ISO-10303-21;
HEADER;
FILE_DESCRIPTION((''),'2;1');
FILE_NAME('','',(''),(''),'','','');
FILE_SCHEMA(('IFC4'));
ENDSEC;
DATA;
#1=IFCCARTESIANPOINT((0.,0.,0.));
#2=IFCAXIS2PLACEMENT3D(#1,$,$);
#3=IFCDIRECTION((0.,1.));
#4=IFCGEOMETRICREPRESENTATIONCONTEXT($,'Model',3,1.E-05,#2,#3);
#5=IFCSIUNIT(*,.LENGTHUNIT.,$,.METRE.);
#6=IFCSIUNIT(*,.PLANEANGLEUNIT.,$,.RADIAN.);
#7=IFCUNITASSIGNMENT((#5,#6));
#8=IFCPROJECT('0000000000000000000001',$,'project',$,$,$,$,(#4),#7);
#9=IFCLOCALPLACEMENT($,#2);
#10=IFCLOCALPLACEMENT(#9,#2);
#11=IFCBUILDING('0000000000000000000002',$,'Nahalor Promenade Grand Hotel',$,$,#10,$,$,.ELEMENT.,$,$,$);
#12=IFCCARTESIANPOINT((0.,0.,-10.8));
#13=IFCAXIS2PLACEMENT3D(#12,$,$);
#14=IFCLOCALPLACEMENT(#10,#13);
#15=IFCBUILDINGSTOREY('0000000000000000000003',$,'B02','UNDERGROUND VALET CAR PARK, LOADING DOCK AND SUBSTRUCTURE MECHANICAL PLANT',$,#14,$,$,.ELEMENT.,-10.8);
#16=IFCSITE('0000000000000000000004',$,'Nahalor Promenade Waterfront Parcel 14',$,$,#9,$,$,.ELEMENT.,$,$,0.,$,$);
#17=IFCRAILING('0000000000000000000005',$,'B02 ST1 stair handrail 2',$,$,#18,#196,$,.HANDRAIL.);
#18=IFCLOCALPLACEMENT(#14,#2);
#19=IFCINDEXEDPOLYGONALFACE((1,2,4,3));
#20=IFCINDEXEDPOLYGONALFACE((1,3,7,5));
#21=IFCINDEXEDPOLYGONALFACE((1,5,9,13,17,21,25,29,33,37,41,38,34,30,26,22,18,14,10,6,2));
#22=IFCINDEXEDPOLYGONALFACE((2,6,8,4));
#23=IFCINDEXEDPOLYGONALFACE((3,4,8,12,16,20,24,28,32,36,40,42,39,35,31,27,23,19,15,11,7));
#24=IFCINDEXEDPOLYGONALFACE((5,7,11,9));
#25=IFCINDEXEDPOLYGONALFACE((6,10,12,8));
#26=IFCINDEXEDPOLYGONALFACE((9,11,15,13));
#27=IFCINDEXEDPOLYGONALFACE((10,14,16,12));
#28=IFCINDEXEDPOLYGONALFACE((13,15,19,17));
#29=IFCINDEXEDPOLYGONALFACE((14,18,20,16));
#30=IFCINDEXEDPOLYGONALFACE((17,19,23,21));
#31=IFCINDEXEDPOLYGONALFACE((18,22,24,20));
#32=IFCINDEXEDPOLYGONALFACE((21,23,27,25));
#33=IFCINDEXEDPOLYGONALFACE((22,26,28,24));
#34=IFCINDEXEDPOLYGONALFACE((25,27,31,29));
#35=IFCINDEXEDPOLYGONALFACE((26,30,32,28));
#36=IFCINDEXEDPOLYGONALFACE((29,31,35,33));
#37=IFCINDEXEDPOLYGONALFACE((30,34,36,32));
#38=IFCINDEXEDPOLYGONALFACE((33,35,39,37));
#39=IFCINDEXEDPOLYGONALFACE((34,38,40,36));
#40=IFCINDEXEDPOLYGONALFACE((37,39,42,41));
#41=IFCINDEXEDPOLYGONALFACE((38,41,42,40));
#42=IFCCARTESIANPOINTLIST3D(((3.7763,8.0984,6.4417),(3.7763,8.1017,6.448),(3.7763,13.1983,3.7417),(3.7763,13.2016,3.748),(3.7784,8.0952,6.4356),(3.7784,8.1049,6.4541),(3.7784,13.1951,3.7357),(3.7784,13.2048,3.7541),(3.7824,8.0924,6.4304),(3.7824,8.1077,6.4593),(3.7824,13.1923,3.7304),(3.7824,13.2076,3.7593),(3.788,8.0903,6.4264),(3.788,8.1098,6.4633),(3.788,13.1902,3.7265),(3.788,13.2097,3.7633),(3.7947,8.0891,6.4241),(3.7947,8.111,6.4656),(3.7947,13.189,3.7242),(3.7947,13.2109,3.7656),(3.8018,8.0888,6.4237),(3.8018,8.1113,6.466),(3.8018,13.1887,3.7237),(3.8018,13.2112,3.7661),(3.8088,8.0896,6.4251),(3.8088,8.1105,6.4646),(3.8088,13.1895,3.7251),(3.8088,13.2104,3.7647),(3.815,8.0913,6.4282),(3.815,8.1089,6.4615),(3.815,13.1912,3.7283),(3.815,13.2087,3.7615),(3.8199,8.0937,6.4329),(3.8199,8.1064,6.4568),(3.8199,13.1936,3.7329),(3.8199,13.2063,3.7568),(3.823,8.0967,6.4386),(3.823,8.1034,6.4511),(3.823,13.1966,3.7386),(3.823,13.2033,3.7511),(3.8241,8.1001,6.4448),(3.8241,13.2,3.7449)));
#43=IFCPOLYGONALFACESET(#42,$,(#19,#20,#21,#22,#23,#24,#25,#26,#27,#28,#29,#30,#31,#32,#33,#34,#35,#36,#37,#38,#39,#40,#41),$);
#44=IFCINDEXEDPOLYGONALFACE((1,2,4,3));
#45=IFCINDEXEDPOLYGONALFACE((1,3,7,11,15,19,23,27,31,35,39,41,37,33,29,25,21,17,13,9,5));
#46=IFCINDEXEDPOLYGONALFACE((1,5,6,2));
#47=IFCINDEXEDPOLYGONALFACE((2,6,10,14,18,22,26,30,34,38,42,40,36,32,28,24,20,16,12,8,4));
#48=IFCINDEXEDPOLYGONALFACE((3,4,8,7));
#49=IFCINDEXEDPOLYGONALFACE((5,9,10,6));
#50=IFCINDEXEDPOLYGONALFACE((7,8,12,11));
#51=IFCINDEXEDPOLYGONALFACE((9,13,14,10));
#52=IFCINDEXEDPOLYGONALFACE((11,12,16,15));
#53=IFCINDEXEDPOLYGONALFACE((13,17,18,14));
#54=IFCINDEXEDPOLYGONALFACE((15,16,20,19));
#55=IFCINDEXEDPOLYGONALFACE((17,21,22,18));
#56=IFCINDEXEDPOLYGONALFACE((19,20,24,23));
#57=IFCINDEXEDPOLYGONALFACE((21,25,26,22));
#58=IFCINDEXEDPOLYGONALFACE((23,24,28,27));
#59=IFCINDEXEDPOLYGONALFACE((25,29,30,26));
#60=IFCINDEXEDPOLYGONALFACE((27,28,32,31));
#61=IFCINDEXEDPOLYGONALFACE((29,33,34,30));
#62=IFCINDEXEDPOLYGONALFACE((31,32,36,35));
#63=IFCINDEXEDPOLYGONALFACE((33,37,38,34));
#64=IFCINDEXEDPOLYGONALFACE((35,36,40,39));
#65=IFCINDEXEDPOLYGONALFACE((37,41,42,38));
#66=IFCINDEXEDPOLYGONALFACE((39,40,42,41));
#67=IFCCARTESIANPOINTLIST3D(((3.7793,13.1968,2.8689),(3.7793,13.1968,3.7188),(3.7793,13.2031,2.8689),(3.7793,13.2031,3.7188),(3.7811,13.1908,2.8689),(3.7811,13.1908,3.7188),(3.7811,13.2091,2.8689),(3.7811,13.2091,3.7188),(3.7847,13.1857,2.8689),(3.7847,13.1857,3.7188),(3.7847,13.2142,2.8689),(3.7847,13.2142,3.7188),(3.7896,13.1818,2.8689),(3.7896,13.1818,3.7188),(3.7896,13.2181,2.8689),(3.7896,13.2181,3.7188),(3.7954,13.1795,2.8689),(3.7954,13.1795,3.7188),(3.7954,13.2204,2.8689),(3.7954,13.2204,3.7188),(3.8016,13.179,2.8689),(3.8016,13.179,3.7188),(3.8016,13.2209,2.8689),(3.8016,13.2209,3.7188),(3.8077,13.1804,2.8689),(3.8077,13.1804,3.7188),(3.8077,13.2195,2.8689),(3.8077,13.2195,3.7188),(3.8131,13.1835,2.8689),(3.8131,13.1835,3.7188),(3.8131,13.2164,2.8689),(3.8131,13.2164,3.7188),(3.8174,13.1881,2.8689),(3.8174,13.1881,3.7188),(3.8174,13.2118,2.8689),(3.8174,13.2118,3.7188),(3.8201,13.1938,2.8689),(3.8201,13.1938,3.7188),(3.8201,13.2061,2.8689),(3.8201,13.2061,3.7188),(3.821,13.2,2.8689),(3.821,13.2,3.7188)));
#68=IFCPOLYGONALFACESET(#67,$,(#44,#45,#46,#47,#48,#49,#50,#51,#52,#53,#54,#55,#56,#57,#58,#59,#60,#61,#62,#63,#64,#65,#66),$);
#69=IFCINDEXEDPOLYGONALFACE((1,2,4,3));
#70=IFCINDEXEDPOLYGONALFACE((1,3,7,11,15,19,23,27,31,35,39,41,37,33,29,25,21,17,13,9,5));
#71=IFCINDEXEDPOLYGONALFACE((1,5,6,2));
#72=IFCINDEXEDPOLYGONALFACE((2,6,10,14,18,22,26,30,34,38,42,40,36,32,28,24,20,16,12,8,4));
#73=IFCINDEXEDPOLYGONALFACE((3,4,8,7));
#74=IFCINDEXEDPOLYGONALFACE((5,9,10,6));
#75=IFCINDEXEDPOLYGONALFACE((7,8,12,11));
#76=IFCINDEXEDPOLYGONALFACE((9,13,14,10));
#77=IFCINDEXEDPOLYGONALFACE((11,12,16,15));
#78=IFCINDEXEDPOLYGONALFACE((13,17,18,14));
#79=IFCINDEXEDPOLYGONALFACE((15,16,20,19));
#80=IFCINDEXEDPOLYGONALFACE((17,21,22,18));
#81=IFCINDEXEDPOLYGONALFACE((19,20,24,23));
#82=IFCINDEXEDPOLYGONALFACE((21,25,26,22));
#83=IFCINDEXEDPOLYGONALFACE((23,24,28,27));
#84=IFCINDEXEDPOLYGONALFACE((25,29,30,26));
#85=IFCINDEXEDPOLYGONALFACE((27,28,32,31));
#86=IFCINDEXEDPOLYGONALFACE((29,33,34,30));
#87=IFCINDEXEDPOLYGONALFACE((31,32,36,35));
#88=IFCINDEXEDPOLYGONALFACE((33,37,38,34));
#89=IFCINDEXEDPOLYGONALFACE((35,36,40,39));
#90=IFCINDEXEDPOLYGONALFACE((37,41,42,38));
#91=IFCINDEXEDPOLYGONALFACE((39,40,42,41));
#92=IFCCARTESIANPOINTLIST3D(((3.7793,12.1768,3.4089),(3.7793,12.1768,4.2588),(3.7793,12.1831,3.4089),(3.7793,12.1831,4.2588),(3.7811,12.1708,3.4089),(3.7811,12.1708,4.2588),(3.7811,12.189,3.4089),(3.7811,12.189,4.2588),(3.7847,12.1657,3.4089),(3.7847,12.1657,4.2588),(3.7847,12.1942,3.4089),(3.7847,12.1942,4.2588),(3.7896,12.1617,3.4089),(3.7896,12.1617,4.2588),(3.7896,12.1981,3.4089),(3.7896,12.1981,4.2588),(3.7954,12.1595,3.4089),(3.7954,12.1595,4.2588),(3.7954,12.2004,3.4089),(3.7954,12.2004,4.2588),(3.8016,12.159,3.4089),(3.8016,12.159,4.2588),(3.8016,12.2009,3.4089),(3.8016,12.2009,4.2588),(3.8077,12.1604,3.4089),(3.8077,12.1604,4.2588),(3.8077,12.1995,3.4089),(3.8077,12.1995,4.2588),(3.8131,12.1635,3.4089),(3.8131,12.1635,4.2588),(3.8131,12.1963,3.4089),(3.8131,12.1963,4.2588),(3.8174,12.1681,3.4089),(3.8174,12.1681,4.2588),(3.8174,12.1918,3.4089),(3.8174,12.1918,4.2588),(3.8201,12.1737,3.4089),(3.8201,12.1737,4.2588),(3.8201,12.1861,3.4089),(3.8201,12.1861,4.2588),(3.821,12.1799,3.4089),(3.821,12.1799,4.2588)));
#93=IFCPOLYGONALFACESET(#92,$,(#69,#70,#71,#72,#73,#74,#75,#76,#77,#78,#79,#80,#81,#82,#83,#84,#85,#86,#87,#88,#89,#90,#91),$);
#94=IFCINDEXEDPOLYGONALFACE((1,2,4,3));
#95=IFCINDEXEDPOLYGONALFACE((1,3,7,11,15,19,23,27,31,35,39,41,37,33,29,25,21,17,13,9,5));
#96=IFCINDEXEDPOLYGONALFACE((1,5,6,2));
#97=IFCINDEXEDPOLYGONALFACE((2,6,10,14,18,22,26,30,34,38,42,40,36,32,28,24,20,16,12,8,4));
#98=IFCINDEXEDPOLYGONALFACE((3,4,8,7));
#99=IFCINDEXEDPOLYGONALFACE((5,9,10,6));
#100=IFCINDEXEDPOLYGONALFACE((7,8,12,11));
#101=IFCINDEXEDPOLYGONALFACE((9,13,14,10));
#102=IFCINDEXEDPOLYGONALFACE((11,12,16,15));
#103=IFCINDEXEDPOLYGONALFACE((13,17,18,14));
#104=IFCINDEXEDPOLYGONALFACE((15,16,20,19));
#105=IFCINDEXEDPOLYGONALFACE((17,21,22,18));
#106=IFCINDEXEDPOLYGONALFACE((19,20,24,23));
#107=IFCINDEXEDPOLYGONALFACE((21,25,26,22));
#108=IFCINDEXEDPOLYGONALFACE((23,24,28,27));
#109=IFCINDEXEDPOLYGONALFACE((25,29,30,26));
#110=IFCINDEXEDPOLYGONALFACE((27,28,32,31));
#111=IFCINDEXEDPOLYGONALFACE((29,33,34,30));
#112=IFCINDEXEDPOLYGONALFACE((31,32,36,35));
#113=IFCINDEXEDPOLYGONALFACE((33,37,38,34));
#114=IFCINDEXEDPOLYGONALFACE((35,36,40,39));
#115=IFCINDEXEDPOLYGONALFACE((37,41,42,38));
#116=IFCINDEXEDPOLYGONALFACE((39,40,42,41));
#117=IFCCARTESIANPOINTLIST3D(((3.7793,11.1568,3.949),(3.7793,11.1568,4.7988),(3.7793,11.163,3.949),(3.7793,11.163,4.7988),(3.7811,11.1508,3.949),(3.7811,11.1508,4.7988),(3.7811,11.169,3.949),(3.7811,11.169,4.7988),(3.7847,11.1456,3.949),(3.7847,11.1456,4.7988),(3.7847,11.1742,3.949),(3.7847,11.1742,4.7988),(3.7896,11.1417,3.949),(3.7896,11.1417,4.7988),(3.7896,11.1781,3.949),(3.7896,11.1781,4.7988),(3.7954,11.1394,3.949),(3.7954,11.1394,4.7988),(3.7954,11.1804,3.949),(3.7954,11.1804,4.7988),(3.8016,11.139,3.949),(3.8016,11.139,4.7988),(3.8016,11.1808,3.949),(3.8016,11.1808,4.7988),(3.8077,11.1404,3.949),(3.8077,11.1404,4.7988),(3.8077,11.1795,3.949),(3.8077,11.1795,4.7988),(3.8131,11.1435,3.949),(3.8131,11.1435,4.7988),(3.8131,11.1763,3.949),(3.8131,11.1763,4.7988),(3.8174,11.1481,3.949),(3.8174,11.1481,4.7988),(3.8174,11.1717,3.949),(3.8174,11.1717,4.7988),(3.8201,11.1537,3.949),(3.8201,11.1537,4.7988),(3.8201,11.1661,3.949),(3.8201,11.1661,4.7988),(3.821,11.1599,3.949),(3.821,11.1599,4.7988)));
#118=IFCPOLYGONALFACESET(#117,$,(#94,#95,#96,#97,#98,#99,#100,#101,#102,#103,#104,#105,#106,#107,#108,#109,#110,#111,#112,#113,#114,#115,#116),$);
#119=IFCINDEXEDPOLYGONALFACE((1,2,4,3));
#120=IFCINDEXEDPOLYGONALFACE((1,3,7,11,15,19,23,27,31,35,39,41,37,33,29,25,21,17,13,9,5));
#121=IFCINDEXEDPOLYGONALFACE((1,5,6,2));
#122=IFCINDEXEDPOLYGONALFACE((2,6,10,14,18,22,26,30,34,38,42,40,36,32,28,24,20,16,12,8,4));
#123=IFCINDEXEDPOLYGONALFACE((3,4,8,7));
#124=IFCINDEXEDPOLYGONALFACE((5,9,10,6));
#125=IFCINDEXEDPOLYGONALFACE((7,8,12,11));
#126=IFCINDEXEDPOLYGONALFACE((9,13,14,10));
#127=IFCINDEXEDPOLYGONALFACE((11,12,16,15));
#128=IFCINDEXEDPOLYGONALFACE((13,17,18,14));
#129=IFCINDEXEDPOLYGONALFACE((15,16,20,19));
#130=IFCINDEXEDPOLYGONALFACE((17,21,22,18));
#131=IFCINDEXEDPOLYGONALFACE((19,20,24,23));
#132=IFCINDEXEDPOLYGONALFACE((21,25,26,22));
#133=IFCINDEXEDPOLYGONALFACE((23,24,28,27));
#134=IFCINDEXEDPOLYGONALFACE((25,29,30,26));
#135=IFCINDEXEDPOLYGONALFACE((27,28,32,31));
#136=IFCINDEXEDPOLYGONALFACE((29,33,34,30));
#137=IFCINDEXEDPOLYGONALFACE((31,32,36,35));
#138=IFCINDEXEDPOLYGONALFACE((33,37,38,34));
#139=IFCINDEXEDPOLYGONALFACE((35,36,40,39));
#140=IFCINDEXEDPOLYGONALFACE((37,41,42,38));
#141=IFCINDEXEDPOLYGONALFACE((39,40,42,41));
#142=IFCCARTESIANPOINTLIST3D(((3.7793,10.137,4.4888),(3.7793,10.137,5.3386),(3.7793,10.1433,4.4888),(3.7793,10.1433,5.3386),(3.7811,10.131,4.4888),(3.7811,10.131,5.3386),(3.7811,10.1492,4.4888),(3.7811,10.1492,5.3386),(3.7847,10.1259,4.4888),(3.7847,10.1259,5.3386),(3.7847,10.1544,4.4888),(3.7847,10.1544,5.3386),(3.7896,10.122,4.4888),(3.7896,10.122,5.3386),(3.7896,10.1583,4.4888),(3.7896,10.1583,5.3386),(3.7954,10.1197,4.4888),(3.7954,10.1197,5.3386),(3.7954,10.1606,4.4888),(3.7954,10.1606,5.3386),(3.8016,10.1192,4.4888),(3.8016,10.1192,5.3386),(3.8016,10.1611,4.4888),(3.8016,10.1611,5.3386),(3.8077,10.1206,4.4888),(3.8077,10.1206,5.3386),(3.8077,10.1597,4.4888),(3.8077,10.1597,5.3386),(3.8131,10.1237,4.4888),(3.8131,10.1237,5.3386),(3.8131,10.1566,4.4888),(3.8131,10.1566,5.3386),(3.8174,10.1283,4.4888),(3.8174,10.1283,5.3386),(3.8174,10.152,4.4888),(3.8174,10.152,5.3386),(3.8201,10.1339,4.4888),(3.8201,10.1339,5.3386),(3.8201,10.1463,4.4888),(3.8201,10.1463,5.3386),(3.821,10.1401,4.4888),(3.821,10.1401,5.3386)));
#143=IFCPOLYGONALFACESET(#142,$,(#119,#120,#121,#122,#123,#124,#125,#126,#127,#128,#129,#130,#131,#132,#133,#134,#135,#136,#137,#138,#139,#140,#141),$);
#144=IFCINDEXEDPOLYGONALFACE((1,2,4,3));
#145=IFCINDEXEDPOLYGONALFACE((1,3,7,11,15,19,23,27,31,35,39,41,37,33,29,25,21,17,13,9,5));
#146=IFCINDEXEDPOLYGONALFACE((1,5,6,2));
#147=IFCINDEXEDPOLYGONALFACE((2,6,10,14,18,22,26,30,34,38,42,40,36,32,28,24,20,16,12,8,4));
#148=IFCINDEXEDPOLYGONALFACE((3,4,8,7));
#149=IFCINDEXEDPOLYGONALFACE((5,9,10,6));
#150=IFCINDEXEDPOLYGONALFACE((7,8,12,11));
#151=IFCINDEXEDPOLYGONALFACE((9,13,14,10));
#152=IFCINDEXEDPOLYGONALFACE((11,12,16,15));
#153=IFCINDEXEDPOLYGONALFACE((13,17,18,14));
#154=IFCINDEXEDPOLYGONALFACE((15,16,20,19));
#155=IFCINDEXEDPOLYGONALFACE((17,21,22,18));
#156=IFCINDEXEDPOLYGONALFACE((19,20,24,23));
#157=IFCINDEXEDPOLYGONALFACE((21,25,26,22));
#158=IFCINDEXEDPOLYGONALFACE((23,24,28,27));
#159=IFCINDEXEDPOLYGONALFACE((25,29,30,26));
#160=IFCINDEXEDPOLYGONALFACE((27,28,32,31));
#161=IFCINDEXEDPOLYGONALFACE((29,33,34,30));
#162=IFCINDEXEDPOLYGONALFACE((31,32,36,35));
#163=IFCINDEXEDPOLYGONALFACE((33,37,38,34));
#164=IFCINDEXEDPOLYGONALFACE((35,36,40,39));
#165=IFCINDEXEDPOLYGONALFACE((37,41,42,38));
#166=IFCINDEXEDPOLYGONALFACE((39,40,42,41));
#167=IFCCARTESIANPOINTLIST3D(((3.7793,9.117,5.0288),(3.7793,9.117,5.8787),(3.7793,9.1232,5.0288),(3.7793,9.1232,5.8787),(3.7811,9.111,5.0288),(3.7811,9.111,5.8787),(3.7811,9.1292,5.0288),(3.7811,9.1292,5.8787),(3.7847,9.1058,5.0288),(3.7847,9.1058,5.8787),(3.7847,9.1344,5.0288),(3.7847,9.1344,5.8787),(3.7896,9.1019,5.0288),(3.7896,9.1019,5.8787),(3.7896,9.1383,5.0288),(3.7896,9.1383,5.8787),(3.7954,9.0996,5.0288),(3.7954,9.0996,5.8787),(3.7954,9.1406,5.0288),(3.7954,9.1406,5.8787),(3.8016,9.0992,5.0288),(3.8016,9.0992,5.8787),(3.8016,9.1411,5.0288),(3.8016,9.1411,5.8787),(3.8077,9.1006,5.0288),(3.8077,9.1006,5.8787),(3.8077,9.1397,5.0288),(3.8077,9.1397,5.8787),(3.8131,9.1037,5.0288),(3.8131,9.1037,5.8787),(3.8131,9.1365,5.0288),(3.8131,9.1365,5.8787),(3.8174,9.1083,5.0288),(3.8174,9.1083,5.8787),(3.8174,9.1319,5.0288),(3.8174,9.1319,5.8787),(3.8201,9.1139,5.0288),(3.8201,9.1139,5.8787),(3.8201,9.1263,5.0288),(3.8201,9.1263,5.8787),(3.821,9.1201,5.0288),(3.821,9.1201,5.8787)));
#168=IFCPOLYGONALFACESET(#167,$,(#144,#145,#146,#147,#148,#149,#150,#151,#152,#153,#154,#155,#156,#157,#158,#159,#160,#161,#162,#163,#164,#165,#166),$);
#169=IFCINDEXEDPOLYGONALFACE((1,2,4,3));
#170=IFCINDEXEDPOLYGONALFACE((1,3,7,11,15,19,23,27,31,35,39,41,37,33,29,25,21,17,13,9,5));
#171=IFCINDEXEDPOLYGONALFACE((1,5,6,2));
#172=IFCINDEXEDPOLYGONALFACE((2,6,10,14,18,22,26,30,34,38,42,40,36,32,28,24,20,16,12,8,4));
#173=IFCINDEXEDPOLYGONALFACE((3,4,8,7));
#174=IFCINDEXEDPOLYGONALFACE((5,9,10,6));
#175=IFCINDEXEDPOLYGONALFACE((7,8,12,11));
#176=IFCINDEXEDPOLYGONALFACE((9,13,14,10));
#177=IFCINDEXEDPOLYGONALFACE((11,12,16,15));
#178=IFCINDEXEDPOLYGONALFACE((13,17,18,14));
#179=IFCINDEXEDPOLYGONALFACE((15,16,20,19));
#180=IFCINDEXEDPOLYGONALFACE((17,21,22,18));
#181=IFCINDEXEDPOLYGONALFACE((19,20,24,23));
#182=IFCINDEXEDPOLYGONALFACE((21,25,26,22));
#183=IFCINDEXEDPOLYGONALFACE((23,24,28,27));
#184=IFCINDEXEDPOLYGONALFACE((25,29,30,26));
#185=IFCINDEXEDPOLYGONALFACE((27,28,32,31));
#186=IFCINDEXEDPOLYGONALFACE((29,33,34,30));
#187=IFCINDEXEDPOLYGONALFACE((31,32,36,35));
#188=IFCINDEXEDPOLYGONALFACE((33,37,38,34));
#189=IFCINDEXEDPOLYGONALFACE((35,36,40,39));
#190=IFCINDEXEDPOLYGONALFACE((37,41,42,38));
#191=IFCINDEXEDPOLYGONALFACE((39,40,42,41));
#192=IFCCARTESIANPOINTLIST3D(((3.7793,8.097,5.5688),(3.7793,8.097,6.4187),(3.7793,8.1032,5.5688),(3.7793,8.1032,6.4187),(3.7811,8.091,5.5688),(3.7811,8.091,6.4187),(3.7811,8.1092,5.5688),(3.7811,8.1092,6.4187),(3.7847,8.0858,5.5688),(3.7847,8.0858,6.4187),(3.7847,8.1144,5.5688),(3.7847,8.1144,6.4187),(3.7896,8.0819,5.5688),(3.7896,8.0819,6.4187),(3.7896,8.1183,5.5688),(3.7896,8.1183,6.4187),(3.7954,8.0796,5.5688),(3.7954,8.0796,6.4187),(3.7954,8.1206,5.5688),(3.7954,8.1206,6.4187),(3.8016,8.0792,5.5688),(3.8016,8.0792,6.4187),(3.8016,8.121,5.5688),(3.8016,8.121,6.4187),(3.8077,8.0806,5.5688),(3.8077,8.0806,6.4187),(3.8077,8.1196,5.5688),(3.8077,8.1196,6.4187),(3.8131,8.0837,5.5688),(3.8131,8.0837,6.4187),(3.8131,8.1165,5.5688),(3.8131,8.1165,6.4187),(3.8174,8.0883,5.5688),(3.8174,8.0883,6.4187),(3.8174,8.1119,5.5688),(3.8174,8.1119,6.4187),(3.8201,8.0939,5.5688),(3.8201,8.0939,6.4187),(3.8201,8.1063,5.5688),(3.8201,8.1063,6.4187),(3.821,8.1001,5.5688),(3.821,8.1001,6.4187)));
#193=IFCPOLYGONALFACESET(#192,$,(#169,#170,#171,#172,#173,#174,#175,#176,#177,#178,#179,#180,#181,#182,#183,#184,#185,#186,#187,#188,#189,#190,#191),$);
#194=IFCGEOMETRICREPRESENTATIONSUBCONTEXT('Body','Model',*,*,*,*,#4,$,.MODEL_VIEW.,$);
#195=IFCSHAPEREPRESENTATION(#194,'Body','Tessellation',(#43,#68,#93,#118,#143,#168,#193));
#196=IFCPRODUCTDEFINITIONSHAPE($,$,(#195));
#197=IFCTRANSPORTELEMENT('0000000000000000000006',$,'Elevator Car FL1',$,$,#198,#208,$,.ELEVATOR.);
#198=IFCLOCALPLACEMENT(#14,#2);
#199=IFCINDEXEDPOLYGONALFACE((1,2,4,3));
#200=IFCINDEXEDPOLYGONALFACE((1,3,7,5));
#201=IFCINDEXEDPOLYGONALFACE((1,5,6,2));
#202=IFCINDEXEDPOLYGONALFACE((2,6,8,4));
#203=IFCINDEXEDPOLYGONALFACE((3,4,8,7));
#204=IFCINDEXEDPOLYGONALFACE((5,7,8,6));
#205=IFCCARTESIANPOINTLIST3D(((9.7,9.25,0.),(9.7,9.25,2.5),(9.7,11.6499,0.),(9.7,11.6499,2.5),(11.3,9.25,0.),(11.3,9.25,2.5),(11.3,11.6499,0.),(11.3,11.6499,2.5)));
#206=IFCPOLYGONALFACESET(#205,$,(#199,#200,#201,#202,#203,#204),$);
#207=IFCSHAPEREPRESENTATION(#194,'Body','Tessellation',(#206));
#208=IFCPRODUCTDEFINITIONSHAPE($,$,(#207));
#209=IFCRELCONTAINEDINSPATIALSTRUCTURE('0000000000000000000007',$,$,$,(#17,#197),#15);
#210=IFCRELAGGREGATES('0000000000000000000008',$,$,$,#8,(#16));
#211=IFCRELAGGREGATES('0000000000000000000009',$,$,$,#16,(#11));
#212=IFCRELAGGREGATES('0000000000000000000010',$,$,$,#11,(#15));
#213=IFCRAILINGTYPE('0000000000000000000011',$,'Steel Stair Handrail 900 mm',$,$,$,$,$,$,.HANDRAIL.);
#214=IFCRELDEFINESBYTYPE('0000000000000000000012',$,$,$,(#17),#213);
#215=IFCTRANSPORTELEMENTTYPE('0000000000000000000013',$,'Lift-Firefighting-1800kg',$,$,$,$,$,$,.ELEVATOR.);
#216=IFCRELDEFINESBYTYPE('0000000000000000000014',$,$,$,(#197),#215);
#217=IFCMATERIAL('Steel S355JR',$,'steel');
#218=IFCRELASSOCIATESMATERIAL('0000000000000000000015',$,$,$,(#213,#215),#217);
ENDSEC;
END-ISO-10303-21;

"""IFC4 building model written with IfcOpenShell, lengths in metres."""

from ifc_helpers import new_model, si_unit, direction, frame, origin, origin_2d, place, context, subcontext, project, spatial, rectangle, circle, extrude, source, transform, mapped, material, type_object, element, save


model = new_model("IFC4")

# Units and contexts
model_context = context("Model", 3, precision=1e-05, world=origin(), true_north=direction((0.0, 1.0)))
body_context = subcontext(model_context, "Body", "Model", "MODEL_VIEW")
ifc_project = project(units=[si_unit("LENGTHUNIT", "METRE"), si_unit("PLANEANGLEUNIT", "RADIAN")], contexts=[model_context])

# Site, building, storey
site_placement = place(None, origin())
site = spatial("IfcSite", under=ifc_project, at=site_placement, Name="Nahalor Promenade Waterfront Parcel 14", CompositionType="ELEMENT", RefElevation=0.0)
building_placement = place(site_placement, origin())
building = spatial("IfcBuilding", under=site, at=building_placement, Name="Nahalor Promenade Grand Hotel", CompositionType="ELEMENT")
storey_placement = place(building_placement, frame((0.0, 0.0, -10.8)))
storey = spatial("IfcBuildingStorey", under=building, at=storey_placement, Name="B02", Description="UNDERGROUND VALET CAR PARK, LOADING DOCK AND SUBSTRUCTURE MECHANICAL PLANT", CompositionType="ELEMENT", Elevation=-10.8)

# Shared definitions
ifc_material_1 = material(Name="Steel S355JR", Category="steel")

# Railing
railing_type_1 = type_object("IfcRailingType", Name="Steel Stair Handrail 900 mm", PredefinedType="HANDRAIL", material=ifc_material_1)
railing_1_placement = place(storey_placement, frame((3.8, 13.2, 2.8689)))
element("IfcRailing", 1, at=railing_1_placement, inside=storey, type_object=railing_type_1, Name="B02 ST1 stair handrail 2", PredefinedType="HANDRAIL", context=body_context, shape_type="SweptSolid", body=[
    extrude(circle(Radius=0.024, at=origin_2d()), frame((0.0, 0.0, 0.876), z_axis=(0.0, -0.883786, 0.467892), x_axis=(1.0, 0.0, 0.0)), (0.0, 0.0, 1.0), 5.7705),
    extrude(circle(Radius=0.021, at=origin_2d()), origin(), (0.0, 0.0, 1.0), 0.8499),
    extrude(circle(Radius=0.021, at=origin_2d()), frame((0.0, -1.02, 0.54)), (0.0, 0.0, 1.0), 0.8499),
    extrude(circle(Radius=0.021, at=origin_2d()), frame((0.0, -2.04, 1.0801)), (0.0, 0.0, 1.0), 0.8499),
    extrude(circle(Radius=0.021, at=origin_2d()), frame((0.0, -3.0598, 1.6199)), (0.0, 0.0, 1.0), 0.8499),
    extrude(circle(Radius=0.021, at=origin_2d()), frame((0.0, -4.0798, 2.1599)), (0.0, 0.0, 1.0), 0.8499),
    extrude(circle(Radius=0.021, at=origin_2d()), frame((0.0, -5.0999, 2.7)), (0.0, 0.0, 1.0), 0.8499),
])

# Transport element
transport_element_type_1 = type_object("IfcTransportElementType", Name="Lift-Firefighting-1800kg", PredefinedType="ELEVATOR", material=ifc_material_1)
shared_shape_1 = source(origin(), body_context, "Body", "SweptSolid", [
    extrude(rectangle(XDim=1.6001, YDim=2.3999, at=origin_2d()), origin(), (0.0, 0.0, 1.0), 2.5),
])
transport_element_1_placement = place(storey_placement, frame((10.5, 10.45, 0.0), z_axis=(0.0, 0.0, 1.0), x_axis=(1.0, 0.0, 0.0)))
element("IfcTransportElement", 2, at=transport_element_1_placement, inside=storey, type_object=transport_element_type_1, Name="Elevator Car FL1", PredefinedType="ELEVATOR", context=body_context, shape_type="MappedRepresentation", body=[
    mapped(shared_shape_1, transform((0.0, 0.0, 0.0), scale=1.0)),
])

save(model, "model.ifc")
